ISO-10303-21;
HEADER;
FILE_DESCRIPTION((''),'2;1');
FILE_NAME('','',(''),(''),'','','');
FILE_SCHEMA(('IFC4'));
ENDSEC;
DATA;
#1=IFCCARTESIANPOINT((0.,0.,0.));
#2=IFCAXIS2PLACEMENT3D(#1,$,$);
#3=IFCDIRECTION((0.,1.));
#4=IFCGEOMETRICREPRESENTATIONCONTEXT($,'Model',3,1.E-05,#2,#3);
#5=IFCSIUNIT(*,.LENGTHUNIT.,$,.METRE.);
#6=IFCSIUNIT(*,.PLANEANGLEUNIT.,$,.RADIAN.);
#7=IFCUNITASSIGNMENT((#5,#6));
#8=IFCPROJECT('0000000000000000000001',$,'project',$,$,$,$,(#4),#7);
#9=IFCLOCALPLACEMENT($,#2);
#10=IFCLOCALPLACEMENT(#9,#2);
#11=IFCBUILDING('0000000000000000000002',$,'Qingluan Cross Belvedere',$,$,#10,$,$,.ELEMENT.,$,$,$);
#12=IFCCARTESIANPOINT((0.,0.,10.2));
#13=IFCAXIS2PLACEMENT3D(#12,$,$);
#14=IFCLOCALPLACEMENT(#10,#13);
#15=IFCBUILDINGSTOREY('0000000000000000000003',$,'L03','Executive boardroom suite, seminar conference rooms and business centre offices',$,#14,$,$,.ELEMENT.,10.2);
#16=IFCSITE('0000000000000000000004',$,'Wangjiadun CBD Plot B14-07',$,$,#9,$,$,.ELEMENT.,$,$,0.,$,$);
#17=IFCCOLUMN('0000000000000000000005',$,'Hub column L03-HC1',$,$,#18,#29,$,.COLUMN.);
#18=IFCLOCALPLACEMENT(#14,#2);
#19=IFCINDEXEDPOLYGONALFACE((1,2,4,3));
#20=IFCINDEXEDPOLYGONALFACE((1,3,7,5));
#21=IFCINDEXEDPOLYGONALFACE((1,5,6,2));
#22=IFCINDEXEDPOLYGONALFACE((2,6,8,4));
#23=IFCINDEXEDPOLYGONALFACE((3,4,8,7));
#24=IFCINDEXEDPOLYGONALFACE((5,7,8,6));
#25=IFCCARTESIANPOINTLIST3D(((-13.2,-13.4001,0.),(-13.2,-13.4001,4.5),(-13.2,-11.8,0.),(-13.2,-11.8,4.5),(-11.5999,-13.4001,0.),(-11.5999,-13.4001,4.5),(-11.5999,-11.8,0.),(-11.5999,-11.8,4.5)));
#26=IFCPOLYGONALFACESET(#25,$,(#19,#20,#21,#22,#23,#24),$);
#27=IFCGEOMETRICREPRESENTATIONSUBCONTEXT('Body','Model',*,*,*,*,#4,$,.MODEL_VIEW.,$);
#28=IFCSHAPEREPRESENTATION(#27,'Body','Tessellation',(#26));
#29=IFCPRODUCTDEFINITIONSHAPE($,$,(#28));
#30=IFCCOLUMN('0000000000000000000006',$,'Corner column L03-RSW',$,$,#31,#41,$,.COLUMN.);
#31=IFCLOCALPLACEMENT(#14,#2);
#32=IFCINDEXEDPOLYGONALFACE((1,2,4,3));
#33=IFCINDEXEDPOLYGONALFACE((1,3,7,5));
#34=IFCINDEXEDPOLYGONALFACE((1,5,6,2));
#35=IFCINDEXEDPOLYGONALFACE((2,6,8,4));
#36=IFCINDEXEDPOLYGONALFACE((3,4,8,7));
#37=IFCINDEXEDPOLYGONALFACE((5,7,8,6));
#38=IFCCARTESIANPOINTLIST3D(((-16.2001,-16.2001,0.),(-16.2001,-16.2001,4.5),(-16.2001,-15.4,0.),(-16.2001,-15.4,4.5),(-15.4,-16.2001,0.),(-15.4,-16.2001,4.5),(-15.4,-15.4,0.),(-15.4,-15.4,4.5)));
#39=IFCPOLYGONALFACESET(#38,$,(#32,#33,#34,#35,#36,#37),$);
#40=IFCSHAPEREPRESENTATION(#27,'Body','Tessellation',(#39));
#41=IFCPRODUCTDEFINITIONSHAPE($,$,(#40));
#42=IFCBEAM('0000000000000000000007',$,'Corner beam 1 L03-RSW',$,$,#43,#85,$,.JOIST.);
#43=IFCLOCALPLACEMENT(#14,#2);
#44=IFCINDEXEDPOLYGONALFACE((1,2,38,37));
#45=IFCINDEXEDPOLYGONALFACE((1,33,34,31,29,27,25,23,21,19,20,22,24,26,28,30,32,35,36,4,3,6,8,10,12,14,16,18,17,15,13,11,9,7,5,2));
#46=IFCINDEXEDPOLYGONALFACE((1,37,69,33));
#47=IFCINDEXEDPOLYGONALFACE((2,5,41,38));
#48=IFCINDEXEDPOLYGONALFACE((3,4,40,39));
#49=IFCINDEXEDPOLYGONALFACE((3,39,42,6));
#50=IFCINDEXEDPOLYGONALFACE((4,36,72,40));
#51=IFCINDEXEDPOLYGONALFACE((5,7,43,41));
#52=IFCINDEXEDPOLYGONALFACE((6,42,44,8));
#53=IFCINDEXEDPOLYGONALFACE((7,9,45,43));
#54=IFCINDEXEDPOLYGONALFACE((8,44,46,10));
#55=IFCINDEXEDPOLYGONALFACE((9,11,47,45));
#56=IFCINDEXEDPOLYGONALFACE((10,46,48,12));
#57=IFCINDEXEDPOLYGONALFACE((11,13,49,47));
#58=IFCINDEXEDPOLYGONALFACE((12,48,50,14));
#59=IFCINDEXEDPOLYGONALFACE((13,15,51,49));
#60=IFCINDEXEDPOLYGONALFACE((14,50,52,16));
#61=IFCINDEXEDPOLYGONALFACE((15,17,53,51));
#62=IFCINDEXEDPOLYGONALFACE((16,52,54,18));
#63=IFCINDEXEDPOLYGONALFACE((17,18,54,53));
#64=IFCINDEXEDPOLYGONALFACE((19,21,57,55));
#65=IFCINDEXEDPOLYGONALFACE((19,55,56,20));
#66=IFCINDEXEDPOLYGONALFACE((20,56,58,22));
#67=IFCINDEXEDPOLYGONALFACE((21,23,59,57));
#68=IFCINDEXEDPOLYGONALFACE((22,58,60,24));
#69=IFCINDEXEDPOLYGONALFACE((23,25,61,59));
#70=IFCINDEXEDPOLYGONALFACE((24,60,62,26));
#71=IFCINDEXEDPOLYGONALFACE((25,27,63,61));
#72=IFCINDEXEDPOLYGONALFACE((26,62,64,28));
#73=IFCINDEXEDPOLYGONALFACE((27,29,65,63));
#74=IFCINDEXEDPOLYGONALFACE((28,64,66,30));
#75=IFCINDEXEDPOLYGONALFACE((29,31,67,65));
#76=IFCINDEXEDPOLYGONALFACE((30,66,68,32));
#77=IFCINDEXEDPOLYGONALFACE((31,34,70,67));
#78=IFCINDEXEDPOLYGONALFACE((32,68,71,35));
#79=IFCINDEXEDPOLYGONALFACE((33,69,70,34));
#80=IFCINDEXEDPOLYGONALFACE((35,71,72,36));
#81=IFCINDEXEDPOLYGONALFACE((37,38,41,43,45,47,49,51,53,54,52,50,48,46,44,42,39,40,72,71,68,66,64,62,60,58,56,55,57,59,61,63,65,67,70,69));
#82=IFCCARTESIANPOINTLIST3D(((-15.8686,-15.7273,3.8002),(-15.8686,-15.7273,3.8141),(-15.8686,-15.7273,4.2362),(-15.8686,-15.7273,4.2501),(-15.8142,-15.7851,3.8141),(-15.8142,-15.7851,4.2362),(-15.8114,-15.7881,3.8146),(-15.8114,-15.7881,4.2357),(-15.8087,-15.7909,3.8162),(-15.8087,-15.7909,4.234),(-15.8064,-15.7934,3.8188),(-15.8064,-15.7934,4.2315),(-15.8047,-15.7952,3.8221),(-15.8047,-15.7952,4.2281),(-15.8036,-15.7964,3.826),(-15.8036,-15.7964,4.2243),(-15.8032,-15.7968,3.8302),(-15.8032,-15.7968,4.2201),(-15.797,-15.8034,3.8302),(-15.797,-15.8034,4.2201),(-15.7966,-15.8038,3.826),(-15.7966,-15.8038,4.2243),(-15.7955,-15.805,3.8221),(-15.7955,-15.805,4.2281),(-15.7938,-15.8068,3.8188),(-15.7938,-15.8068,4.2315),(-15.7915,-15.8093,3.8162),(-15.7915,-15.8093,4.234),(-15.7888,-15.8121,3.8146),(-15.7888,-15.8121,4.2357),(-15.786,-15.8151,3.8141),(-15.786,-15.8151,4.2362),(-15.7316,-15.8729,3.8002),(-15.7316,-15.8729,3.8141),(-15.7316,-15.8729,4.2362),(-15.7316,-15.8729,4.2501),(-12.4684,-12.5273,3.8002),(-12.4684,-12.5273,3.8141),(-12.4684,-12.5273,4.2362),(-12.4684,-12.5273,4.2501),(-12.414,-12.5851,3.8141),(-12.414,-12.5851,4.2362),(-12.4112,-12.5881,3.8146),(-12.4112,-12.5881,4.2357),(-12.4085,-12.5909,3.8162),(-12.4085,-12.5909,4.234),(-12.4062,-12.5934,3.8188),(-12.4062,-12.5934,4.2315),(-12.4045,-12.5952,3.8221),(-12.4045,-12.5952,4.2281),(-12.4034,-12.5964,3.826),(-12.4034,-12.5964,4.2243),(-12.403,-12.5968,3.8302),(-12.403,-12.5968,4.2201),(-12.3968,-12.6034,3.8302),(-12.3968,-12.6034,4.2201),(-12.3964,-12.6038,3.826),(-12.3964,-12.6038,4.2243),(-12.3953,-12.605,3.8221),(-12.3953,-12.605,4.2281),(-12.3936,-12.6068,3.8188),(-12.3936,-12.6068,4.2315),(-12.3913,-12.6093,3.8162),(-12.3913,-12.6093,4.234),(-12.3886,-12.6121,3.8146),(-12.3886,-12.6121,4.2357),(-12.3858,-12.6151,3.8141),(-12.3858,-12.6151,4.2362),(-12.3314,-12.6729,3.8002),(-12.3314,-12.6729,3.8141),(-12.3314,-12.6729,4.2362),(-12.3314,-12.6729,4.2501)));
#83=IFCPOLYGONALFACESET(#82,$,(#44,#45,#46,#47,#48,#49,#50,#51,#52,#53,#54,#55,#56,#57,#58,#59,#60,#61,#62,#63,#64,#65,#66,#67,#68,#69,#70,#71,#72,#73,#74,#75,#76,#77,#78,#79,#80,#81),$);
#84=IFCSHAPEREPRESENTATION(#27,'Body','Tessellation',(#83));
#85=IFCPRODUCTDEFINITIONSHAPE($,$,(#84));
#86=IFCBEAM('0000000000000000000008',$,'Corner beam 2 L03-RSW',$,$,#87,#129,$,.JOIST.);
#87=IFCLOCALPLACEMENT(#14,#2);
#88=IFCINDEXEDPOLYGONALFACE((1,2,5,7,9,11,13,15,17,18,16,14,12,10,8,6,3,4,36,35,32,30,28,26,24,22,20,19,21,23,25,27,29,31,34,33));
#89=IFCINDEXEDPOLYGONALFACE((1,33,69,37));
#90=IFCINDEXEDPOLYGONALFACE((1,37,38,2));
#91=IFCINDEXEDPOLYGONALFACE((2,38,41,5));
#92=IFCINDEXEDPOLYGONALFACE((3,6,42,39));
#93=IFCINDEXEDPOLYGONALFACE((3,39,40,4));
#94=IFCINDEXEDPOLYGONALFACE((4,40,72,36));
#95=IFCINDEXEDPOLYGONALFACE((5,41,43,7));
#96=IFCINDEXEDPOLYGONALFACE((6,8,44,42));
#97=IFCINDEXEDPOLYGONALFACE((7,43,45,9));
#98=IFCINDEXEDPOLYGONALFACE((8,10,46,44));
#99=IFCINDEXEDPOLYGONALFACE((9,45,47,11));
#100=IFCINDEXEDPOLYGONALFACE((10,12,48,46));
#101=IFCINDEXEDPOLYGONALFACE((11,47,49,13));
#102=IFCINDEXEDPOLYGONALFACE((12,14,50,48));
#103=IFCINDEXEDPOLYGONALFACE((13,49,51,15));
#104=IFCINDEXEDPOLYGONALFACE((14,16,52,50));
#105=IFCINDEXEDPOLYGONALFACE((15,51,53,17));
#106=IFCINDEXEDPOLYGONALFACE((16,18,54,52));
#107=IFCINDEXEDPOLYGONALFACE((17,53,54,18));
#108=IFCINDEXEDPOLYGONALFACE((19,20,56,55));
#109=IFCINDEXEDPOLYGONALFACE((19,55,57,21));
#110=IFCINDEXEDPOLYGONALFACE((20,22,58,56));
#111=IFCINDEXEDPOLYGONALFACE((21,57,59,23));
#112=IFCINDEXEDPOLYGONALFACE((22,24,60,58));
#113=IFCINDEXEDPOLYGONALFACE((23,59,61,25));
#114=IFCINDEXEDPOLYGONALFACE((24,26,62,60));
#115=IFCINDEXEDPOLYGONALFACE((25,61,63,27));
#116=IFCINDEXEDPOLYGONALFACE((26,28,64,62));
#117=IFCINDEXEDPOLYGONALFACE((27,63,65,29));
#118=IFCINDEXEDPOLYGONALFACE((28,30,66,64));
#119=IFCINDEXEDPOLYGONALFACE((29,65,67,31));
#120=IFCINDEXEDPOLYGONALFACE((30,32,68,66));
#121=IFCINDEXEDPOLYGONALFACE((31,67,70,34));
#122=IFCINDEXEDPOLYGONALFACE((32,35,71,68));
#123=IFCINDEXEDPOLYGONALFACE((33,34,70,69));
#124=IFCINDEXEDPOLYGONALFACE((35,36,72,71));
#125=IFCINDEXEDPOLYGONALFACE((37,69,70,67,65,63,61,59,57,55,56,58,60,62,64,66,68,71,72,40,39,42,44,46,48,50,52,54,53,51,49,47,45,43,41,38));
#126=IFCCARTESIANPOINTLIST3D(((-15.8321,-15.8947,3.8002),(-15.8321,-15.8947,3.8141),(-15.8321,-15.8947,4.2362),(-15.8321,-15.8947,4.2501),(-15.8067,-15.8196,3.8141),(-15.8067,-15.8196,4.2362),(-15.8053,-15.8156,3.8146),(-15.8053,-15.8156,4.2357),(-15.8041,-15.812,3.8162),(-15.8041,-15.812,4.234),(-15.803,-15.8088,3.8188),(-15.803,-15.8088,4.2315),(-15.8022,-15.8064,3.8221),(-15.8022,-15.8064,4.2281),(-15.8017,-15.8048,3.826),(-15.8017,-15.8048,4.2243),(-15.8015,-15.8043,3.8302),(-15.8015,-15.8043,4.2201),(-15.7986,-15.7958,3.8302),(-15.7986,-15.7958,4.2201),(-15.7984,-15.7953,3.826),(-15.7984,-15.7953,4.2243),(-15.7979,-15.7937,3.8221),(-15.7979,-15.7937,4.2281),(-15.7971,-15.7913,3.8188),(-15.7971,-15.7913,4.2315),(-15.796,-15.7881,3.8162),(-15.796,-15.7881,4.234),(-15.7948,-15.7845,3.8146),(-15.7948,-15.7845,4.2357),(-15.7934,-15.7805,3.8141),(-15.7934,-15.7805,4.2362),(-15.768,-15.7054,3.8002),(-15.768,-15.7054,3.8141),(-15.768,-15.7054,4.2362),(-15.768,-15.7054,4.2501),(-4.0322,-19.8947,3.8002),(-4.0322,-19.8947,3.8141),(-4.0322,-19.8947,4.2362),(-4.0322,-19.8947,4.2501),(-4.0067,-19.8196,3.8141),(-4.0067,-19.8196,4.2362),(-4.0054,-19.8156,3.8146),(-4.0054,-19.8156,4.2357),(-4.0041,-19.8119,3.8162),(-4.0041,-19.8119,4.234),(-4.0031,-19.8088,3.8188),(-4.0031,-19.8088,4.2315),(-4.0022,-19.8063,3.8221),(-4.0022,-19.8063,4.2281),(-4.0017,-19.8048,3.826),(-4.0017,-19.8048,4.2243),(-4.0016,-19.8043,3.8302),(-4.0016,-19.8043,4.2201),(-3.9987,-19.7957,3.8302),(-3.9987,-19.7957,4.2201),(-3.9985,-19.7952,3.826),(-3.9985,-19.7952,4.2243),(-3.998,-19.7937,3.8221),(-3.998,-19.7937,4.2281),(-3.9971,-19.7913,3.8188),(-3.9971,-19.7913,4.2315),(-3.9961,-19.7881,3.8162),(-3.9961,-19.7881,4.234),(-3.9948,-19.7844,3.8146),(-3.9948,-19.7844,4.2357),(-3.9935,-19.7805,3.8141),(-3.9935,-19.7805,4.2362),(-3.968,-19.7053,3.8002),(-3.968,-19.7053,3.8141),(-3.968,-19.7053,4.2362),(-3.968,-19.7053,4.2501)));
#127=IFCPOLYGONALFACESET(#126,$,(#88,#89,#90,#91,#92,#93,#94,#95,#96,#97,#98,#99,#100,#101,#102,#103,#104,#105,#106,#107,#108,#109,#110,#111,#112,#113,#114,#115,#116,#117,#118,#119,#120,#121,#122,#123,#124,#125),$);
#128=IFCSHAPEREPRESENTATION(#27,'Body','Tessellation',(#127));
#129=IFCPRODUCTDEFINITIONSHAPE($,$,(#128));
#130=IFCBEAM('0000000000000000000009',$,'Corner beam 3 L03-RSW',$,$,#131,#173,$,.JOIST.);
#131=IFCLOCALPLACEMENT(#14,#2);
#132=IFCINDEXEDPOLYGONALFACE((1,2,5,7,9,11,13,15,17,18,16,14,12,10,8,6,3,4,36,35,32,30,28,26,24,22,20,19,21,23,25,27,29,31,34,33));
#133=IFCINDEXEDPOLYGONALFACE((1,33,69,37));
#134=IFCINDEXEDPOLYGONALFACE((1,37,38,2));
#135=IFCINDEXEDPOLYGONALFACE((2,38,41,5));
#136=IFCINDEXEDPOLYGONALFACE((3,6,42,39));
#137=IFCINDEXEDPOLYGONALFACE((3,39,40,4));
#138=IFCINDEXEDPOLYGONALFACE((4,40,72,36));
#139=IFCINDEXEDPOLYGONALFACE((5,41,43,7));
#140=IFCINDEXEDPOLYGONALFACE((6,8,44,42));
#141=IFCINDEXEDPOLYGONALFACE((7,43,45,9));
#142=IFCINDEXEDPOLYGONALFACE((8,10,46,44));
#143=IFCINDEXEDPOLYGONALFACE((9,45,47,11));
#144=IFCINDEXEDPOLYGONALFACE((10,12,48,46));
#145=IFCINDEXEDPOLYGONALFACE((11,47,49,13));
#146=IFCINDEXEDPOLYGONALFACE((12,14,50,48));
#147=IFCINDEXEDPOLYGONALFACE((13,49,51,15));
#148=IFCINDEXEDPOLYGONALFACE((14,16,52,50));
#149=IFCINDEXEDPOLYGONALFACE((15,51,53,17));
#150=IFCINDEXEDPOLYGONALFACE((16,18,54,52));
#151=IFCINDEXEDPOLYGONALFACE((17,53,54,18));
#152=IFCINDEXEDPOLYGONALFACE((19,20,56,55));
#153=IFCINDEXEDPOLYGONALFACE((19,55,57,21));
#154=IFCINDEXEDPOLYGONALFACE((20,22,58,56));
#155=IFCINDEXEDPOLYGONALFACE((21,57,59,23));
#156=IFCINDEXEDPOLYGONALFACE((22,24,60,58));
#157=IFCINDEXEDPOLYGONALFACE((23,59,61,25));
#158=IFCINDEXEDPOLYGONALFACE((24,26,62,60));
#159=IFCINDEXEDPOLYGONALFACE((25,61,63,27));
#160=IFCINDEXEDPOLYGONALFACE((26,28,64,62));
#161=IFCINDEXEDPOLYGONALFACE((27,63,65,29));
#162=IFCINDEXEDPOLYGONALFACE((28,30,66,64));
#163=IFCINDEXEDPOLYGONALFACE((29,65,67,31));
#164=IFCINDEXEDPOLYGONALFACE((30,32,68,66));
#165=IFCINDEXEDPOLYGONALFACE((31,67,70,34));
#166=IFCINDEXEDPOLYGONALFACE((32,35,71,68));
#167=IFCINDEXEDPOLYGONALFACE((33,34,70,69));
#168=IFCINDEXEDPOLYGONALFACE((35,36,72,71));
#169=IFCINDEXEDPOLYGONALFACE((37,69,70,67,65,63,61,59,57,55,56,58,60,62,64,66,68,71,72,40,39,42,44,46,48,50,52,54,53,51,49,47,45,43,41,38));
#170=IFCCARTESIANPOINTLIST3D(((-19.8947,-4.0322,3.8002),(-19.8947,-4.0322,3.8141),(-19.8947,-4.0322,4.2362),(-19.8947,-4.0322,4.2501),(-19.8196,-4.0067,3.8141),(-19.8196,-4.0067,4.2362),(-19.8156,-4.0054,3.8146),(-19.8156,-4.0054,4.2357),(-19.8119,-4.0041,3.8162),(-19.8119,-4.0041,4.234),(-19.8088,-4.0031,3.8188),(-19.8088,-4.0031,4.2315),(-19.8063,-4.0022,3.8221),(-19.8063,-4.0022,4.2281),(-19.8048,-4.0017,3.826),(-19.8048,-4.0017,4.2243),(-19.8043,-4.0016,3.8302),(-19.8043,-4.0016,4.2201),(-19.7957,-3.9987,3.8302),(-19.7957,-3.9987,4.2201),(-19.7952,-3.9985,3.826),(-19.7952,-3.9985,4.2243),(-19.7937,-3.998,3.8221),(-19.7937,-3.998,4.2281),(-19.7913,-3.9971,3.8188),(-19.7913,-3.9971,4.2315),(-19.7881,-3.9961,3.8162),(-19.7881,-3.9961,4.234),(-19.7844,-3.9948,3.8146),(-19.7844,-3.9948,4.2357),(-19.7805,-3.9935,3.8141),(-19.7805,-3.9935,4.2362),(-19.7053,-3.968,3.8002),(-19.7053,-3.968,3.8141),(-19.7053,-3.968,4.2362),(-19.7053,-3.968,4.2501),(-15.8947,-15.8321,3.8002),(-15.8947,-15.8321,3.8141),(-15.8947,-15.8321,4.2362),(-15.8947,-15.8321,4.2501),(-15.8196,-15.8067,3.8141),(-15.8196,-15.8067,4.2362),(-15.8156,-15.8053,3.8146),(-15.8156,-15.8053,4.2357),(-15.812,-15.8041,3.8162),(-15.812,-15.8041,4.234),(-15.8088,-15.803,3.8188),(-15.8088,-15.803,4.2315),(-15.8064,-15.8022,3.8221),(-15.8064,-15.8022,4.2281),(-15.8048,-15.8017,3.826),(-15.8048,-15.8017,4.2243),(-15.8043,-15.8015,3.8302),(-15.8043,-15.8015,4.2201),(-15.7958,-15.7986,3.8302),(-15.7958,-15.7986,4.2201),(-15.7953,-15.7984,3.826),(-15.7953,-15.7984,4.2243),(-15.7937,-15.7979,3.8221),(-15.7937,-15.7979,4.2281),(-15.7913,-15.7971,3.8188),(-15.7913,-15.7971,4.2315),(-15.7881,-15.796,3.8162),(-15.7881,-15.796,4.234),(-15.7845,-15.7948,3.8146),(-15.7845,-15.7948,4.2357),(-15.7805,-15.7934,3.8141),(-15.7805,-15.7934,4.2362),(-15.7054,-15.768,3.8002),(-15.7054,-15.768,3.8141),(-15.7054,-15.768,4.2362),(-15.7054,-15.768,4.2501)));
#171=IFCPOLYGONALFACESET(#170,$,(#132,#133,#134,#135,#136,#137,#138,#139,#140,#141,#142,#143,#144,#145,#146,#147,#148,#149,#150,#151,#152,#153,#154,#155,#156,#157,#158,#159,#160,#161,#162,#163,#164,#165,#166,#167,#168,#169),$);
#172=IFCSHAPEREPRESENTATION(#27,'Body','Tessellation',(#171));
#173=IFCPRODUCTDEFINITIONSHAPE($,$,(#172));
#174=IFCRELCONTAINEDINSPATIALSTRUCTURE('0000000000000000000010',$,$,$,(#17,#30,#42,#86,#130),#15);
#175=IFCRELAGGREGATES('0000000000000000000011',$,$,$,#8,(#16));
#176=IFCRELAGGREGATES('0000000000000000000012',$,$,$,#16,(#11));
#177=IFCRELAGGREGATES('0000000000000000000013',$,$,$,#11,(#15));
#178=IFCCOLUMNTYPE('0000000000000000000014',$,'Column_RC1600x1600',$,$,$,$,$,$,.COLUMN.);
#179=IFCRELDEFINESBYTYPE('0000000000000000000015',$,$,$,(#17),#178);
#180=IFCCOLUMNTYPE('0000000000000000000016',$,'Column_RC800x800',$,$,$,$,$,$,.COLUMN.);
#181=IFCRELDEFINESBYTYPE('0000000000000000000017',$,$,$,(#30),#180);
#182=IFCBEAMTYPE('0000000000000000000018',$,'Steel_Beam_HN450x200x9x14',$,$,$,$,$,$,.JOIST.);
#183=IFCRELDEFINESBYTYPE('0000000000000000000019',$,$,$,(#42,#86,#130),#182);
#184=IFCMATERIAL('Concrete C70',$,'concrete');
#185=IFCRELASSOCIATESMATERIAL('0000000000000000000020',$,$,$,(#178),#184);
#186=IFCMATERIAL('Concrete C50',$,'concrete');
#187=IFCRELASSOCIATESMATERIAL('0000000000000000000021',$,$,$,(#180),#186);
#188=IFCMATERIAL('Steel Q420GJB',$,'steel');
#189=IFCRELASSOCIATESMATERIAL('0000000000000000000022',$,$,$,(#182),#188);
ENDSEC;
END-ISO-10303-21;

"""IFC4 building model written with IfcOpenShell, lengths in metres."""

from ifc_helpers import new_model, si_unit, direction, frame, origin, origin_2d, place, context, subcontext, project, spatial, rectangle, i_section, extrude, material, material_profile, profile_set, type_object, element, save


model = new_model("IFC4")

# Units and contexts
model_context = context("Model", 3, precision=1e-05, world=origin(), true_north=direction((0.0, 1.0)))
body_context = subcontext(model_context, "Body", "Model", "MODEL_VIEW")
ifc_project = project(units=[si_unit("LENGTHUNIT", "METRE"), si_unit("PLANEANGLEUNIT", "RADIAN")], contexts=[model_context])

# Site, building, storey
site_placement = place(None, origin())
site = spatial("IfcSite", under=ifc_project, at=site_placement, Name="Wangjiadun CBD Plot B14-07", CompositionType="ELEMENT", RefElevation=0.0)
building_placement = place(site_placement, origin())
building = spatial("IfcBuilding", under=site, at=building_placement, Name="Qingluan Cross Belvedere", CompositionType="ELEMENT")
storey_placement = place(building_placement, frame((0.0, 0.0, 10.2)))
storey = spatial("IfcBuildingStorey", under=building, at=storey_placement, Name="L03", Description="Executive boardroom suite, seminar conference rooms and business centre offices", CompositionType="ELEMENT", Elevation=10.2)

# Columns
ifc_material_1 = material(Name="Concrete C70", Category="concrete")
ifc_material_profile_1 = material_profile(ifc_material_1, rectangle(XDim=1.6001, YDim=1.6001, at=origin_2d()), Name="RC1600x1600")
ifc_profile_set_1 = profile_set([ifc_material_profile_1], Name="Concrete C70")
column_type_1 = type_object("IfcColumnType", Name="Column_RC1600x1600", PredefinedType="COLUMN", material=ifc_profile_set_1)
column_1_placement = place(storey_placement, frame((-12.3999, -12.6001, 0.0), z_axis=(0.0, 0.0, 1.0), x_axis=(1.0, 0.0, 0.0)))
element("IfcColumn", 1, at=column_1_placement, inside=storey, type_object=column_type_1, Name="Hub column L03-HC1", PredefinedType="COLUMN", context=body_context, shape_type="SweptSolid", body=[
    extrude(rectangle(XDim=1.6001, YDim=1.6001, at=origin_2d()), origin(), (0.0, 0.0, 1.0), 4.5),
])
ifc_material_2 = material(Name="Concrete C50", Category="concrete")
ifc_material_profile_2 = material_profile(ifc_material_2, rectangle(XDim=0.8, YDim=0.8, at=origin_2d()), Name="RC800x800")
ifc_profile_set_2 = profile_set([ifc_material_profile_2], Name="Concrete C50")
column_type_2 = type_object("IfcColumnType", Name="Column_RC800x800", PredefinedType="COLUMN", material=ifc_profile_set_2)
column_2_placement = place(storey_placement, frame((-15.8, -15.8, 0.0), z_axis=(0.0, 0.0, 1.0), x_axis=(1.0, 0.0, 0.0)))
element("IfcColumn", 2, at=column_2_placement, inside=storey, type_object=column_type_2, Name="Corner column L03-RSW", PredefinedType="COLUMN", context=body_context, shape_type="SweptSolid", body=[
    extrude(rectangle(XDim=0.8, YDim=0.8, at=origin_2d()), origin(), (0.0, 0.0, 1.0), 4.5),
])

# Beams
ifc_material_3 = material(Name="Steel Q420GJB", Category="steel")
ifc_material_profile_3 = material_profile(ifc_material_3, i_section(OverallWidth=0.2, OverallDepth=0.45, WebThickness=0.009, FlangeThickness=0.0139, FilletRadius=0.0161, at=origin_2d()), Name="HN450x200x9x14")
ifc_profile_set_3 = profile_set([ifc_material_profile_3], Name="Steel Q420GJB")
beam_type_1 = type_object("IfcBeamType", Name="Steel_Beam_HN450x200x9x14", PredefinedType="JOIST", material=ifc_profile_set_3)
beam_1_placement = place(storey_placement, frame((-12.3999, -12.6001, 4.0251), z_axis=(-0.72822, -0.685343, 0.0), x_axis=(0.685343, -0.72822, 0.0)))
element("IfcBeam", 3, at=beam_1_placement, inside=storey, type_object=beam_type_1, Name="Corner beam 1 L03-RSW", PredefinedType="JOIST", context=body_context, shape_type="SweptSolid", body=[
    extrude(i_section(OverallWidth=0.2, OverallDepth=0.45, WebThickness=0.009, FlangeThickness=0.0139, FilletRadius=0.0161, at=origin_2d()), origin(), (0.0, 0.0, 1.0), 4.6692),
])
for number, where, z_axis, x_axis, name in (
    (4, (-15.8, -15.8, 4.0251), (0.947066, -0.321038, 0.0), (0.321038, 0.947066, 0.0), "Corner beam 2 L03-RSW"),
    (5, (-15.8, -15.8, 4.0251), (-0.321038, 0.947066, 0.0), (-0.947066, -0.321038, 0.0), "Corner beam 3 L03-RSW"),
):
    element("IfcBeam", number, at=place(storey_placement, frame(where, z_axis=z_axis, x_axis=x_axis)), inside=storey, type_object=beam_type_1, Name=name, PredefinedType="JOIST", context=body_context, shape_type="SweptSolid", body=[
        extrude(i_section(OverallWidth=0.2, OverallDepth=0.45, WebThickness=0.009, FlangeThickness=0.0139, FilletRadius=0.0161, at=origin_2d()), origin(), (0.0, 0.0, 1.0), 12.4595),
    ])

save(model, "model.ifc")
